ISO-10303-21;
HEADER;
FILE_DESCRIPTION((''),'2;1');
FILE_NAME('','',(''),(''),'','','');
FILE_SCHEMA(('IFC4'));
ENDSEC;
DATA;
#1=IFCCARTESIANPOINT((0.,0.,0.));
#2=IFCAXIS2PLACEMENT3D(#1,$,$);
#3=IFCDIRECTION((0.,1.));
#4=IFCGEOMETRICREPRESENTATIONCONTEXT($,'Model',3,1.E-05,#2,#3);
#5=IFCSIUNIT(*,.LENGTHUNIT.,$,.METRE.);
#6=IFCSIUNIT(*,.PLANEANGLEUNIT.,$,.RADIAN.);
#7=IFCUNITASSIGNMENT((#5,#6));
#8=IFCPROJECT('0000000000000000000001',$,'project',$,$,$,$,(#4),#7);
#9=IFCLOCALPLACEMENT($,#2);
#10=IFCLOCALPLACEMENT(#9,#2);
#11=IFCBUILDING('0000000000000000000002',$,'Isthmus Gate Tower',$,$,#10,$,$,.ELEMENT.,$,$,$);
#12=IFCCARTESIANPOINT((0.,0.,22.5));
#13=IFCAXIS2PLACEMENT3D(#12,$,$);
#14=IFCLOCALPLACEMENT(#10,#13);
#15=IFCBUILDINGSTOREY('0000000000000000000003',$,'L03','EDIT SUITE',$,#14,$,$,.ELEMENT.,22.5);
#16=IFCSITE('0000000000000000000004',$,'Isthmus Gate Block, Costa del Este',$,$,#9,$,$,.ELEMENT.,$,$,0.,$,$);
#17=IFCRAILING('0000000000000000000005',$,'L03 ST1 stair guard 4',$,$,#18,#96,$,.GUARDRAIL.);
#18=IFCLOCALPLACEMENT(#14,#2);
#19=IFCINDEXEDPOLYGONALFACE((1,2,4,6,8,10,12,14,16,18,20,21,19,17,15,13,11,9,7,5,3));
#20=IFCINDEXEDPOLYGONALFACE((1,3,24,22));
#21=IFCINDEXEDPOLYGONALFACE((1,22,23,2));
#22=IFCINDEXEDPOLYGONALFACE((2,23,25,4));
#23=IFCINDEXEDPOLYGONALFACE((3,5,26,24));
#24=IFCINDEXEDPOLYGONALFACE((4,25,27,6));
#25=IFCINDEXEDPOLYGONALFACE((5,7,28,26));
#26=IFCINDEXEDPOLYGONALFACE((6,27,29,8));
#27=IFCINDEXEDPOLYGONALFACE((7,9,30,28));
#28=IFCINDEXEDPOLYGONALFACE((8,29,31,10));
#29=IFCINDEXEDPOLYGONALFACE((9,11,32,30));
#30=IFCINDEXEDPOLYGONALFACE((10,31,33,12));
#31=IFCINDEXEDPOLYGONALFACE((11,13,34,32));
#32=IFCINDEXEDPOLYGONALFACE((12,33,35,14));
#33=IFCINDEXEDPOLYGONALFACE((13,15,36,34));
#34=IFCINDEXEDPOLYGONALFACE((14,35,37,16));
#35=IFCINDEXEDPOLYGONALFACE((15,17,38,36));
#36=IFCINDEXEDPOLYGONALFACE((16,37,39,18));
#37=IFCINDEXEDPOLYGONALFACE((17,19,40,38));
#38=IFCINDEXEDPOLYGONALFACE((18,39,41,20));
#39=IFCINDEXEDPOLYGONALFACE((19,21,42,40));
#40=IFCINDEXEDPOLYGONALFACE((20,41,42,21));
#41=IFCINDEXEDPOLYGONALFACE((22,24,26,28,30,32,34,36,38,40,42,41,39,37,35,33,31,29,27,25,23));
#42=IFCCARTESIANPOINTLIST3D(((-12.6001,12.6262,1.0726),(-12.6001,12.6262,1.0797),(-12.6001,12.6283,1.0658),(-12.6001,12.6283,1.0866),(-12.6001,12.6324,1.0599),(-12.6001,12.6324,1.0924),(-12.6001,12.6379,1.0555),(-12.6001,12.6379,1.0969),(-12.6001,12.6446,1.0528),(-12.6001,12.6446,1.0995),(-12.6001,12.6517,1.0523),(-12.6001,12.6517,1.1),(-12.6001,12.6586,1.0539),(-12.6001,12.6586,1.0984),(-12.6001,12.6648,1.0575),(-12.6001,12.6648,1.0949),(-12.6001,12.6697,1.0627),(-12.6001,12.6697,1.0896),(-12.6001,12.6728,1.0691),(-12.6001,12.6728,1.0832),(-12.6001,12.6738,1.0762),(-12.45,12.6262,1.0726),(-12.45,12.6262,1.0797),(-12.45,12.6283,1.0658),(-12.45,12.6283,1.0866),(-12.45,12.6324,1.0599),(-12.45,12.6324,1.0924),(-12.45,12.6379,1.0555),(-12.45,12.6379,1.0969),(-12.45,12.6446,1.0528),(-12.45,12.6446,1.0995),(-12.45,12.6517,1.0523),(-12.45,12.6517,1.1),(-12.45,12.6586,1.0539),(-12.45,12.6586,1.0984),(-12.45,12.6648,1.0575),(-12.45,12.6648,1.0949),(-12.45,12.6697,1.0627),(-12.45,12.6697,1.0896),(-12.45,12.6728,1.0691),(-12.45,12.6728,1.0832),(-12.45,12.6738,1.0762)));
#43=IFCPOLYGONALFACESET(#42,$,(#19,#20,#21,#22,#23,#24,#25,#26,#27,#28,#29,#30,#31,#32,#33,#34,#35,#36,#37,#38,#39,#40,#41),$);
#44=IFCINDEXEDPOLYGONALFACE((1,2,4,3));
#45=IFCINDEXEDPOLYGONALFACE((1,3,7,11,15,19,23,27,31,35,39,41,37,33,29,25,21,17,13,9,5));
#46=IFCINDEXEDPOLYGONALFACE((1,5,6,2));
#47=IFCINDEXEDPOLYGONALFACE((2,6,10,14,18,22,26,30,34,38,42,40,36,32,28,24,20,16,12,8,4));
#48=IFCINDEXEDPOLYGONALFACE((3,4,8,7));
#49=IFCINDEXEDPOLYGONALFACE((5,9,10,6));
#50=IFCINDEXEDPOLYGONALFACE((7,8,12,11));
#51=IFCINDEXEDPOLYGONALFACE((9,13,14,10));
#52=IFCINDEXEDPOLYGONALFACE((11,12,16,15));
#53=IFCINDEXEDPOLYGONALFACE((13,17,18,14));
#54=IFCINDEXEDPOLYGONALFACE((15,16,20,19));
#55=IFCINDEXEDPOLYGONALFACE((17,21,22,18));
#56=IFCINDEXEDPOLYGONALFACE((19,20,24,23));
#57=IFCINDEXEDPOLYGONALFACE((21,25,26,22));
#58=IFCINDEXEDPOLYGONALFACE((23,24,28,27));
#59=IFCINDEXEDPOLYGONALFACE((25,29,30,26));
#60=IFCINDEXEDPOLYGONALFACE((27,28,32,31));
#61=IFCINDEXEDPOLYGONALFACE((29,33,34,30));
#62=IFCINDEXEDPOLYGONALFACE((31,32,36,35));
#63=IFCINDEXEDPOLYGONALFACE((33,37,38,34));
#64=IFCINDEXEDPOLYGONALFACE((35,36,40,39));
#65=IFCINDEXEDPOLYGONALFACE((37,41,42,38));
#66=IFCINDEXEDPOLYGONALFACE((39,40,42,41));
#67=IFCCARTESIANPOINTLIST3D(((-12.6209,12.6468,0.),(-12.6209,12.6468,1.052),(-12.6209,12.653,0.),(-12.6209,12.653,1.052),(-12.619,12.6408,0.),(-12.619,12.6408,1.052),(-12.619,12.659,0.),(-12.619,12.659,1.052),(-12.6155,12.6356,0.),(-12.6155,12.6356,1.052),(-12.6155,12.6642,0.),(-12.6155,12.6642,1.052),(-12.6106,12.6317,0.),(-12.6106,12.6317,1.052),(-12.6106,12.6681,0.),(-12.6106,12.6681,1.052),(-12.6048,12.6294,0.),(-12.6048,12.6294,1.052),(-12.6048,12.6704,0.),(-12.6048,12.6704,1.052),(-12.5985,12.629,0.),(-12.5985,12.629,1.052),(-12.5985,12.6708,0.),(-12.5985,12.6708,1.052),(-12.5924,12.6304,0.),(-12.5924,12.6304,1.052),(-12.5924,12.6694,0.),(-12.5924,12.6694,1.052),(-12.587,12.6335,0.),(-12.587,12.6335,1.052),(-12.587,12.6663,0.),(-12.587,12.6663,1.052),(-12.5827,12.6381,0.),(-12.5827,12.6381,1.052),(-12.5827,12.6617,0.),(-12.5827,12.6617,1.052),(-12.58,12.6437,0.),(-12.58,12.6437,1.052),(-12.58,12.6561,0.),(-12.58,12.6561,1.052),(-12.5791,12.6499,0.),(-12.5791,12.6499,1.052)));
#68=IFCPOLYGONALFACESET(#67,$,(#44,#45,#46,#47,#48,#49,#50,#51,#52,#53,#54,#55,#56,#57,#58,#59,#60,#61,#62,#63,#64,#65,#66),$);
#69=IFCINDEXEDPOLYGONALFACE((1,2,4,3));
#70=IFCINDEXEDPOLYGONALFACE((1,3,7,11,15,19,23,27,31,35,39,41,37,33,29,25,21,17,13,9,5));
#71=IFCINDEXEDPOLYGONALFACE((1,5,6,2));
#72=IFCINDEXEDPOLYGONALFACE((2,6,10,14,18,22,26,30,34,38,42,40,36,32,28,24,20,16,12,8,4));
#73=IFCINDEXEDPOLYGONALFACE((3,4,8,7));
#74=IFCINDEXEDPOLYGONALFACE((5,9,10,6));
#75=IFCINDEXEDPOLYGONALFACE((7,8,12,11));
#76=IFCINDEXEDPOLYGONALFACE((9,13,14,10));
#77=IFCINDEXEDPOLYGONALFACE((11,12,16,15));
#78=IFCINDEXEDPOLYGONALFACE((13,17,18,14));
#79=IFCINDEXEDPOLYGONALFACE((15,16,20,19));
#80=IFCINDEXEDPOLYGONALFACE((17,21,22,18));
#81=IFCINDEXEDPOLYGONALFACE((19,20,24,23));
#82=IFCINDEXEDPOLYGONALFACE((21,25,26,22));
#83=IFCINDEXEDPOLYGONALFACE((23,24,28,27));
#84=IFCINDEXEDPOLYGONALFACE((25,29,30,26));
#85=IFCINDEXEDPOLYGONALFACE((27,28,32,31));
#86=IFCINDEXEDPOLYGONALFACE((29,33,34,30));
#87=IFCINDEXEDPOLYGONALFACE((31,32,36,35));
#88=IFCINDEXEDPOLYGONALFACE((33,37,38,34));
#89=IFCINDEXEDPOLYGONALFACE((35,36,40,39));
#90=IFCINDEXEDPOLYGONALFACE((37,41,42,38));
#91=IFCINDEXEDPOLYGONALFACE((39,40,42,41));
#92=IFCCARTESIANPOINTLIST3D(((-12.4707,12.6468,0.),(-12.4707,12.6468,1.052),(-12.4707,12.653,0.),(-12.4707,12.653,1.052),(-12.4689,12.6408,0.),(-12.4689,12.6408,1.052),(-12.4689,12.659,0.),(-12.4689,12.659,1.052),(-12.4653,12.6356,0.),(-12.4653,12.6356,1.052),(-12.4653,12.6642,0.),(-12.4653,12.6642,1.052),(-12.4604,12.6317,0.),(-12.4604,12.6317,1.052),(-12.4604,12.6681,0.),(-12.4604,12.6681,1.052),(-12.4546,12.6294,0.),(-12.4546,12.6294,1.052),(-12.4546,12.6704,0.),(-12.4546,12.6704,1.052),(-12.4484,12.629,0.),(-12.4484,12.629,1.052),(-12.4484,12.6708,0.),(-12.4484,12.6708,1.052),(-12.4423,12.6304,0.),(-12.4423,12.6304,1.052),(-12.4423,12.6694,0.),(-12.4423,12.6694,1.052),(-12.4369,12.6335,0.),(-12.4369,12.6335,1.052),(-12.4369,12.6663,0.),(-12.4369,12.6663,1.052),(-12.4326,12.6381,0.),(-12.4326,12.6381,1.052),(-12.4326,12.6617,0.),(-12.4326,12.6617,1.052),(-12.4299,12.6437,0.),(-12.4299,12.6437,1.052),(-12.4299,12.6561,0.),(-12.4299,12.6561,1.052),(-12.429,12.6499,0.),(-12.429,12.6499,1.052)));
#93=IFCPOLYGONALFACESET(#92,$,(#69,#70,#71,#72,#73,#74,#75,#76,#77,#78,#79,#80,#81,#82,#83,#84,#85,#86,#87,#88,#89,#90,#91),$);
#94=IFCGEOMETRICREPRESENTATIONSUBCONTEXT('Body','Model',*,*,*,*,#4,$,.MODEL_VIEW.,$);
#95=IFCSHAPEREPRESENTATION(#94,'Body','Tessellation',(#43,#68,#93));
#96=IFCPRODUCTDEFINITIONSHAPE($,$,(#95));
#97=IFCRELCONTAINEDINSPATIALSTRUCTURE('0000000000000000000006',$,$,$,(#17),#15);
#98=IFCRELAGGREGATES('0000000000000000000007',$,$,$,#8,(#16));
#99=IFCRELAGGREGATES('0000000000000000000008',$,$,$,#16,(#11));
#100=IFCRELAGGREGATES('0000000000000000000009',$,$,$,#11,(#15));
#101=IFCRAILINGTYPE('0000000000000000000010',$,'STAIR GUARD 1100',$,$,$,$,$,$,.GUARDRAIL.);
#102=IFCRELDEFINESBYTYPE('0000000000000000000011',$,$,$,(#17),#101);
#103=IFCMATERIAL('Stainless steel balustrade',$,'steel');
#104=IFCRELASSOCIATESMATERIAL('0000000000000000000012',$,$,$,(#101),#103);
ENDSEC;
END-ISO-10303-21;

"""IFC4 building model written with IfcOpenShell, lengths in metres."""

from ifc_helpers import new_model, si_unit, direction, frame, origin, origin_2d, place, context, subcontext, project, spatial, circle, extrude, material, type_object, element, save


model = new_model("IFC4")

# Units and contexts
model_context = context("Model", 3, precision=1e-05, world=origin(), true_north=direction((0.0, 1.0)))
body_context = subcontext(model_context, "Body", "Model", "MODEL_VIEW")
ifc_project = project(units=[si_unit("LENGTHUNIT", "METRE"), si_unit("PLANEANGLEUNIT", "RADIAN")], contexts=[model_context])

# Site, building, storey
site_placement = place(None, origin())
site = spatial("IfcSite", under=ifc_project, at=site_placement, Name="Isthmus Gate Block, Costa del Este", CompositionType="ELEMENT", RefElevation=0.0)
building_placement = place(site_placement, origin())
building = spatial("IfcBuilding", under=site, at=building_placement, Name="Isthmus Gate Tower", CompositionType="ELEMENT")
storey_placement = place(building_placement, frame((0.0, 0.0, 22.5)))
storey = spatial("IfcBuildingStorey", under=building, at=storey_placement, Name="L03", Description="EDIT SUITE", CompositionType="ELEMENT", Elevation=22.5)

# Railing
ifc_material_1 = material(Name="Stainless steel balustrade", Category="steel")
railing_type_1 = type_object("IfcRailingType", Name="STAIR GUARD 1100", PredefinedType="GUARDRAIL", material=ifc_material_1)
railing_1_placement = place(storey_placement, frame((-12.6001, 12.6499, 0.0)))
element("IfcRailing", 1, at=railing_1_placement, inside=storey, type_object=railing_type_1, Name="L03 ST1 stair guard 4", PredefinedType="GUARDRAIL", context=body_context, shape_type="SweptSolid", body=[
    extrude(circle(Radius=0.0239, at=origin_2d()), frame((0.0, 0.0, 1.0762), z_axis=(1.0, 0.0, 0.0), x_axis=(0.0, 1.0, 0.0)), (0.0, 0.0, 1.0), 0.1501),
    extrude(circle(Radius=0.021, at=origin_2d()), origin(), (0.0, 0.0, 1.0), 1.052),
    extrude(circle(Radius=0.021, at=origin_2d()), frame((0.1501, 0.0, 0.0)), (0.0, 0.0, 1.0), 1.052),
])

save(model, "model.ifc")
